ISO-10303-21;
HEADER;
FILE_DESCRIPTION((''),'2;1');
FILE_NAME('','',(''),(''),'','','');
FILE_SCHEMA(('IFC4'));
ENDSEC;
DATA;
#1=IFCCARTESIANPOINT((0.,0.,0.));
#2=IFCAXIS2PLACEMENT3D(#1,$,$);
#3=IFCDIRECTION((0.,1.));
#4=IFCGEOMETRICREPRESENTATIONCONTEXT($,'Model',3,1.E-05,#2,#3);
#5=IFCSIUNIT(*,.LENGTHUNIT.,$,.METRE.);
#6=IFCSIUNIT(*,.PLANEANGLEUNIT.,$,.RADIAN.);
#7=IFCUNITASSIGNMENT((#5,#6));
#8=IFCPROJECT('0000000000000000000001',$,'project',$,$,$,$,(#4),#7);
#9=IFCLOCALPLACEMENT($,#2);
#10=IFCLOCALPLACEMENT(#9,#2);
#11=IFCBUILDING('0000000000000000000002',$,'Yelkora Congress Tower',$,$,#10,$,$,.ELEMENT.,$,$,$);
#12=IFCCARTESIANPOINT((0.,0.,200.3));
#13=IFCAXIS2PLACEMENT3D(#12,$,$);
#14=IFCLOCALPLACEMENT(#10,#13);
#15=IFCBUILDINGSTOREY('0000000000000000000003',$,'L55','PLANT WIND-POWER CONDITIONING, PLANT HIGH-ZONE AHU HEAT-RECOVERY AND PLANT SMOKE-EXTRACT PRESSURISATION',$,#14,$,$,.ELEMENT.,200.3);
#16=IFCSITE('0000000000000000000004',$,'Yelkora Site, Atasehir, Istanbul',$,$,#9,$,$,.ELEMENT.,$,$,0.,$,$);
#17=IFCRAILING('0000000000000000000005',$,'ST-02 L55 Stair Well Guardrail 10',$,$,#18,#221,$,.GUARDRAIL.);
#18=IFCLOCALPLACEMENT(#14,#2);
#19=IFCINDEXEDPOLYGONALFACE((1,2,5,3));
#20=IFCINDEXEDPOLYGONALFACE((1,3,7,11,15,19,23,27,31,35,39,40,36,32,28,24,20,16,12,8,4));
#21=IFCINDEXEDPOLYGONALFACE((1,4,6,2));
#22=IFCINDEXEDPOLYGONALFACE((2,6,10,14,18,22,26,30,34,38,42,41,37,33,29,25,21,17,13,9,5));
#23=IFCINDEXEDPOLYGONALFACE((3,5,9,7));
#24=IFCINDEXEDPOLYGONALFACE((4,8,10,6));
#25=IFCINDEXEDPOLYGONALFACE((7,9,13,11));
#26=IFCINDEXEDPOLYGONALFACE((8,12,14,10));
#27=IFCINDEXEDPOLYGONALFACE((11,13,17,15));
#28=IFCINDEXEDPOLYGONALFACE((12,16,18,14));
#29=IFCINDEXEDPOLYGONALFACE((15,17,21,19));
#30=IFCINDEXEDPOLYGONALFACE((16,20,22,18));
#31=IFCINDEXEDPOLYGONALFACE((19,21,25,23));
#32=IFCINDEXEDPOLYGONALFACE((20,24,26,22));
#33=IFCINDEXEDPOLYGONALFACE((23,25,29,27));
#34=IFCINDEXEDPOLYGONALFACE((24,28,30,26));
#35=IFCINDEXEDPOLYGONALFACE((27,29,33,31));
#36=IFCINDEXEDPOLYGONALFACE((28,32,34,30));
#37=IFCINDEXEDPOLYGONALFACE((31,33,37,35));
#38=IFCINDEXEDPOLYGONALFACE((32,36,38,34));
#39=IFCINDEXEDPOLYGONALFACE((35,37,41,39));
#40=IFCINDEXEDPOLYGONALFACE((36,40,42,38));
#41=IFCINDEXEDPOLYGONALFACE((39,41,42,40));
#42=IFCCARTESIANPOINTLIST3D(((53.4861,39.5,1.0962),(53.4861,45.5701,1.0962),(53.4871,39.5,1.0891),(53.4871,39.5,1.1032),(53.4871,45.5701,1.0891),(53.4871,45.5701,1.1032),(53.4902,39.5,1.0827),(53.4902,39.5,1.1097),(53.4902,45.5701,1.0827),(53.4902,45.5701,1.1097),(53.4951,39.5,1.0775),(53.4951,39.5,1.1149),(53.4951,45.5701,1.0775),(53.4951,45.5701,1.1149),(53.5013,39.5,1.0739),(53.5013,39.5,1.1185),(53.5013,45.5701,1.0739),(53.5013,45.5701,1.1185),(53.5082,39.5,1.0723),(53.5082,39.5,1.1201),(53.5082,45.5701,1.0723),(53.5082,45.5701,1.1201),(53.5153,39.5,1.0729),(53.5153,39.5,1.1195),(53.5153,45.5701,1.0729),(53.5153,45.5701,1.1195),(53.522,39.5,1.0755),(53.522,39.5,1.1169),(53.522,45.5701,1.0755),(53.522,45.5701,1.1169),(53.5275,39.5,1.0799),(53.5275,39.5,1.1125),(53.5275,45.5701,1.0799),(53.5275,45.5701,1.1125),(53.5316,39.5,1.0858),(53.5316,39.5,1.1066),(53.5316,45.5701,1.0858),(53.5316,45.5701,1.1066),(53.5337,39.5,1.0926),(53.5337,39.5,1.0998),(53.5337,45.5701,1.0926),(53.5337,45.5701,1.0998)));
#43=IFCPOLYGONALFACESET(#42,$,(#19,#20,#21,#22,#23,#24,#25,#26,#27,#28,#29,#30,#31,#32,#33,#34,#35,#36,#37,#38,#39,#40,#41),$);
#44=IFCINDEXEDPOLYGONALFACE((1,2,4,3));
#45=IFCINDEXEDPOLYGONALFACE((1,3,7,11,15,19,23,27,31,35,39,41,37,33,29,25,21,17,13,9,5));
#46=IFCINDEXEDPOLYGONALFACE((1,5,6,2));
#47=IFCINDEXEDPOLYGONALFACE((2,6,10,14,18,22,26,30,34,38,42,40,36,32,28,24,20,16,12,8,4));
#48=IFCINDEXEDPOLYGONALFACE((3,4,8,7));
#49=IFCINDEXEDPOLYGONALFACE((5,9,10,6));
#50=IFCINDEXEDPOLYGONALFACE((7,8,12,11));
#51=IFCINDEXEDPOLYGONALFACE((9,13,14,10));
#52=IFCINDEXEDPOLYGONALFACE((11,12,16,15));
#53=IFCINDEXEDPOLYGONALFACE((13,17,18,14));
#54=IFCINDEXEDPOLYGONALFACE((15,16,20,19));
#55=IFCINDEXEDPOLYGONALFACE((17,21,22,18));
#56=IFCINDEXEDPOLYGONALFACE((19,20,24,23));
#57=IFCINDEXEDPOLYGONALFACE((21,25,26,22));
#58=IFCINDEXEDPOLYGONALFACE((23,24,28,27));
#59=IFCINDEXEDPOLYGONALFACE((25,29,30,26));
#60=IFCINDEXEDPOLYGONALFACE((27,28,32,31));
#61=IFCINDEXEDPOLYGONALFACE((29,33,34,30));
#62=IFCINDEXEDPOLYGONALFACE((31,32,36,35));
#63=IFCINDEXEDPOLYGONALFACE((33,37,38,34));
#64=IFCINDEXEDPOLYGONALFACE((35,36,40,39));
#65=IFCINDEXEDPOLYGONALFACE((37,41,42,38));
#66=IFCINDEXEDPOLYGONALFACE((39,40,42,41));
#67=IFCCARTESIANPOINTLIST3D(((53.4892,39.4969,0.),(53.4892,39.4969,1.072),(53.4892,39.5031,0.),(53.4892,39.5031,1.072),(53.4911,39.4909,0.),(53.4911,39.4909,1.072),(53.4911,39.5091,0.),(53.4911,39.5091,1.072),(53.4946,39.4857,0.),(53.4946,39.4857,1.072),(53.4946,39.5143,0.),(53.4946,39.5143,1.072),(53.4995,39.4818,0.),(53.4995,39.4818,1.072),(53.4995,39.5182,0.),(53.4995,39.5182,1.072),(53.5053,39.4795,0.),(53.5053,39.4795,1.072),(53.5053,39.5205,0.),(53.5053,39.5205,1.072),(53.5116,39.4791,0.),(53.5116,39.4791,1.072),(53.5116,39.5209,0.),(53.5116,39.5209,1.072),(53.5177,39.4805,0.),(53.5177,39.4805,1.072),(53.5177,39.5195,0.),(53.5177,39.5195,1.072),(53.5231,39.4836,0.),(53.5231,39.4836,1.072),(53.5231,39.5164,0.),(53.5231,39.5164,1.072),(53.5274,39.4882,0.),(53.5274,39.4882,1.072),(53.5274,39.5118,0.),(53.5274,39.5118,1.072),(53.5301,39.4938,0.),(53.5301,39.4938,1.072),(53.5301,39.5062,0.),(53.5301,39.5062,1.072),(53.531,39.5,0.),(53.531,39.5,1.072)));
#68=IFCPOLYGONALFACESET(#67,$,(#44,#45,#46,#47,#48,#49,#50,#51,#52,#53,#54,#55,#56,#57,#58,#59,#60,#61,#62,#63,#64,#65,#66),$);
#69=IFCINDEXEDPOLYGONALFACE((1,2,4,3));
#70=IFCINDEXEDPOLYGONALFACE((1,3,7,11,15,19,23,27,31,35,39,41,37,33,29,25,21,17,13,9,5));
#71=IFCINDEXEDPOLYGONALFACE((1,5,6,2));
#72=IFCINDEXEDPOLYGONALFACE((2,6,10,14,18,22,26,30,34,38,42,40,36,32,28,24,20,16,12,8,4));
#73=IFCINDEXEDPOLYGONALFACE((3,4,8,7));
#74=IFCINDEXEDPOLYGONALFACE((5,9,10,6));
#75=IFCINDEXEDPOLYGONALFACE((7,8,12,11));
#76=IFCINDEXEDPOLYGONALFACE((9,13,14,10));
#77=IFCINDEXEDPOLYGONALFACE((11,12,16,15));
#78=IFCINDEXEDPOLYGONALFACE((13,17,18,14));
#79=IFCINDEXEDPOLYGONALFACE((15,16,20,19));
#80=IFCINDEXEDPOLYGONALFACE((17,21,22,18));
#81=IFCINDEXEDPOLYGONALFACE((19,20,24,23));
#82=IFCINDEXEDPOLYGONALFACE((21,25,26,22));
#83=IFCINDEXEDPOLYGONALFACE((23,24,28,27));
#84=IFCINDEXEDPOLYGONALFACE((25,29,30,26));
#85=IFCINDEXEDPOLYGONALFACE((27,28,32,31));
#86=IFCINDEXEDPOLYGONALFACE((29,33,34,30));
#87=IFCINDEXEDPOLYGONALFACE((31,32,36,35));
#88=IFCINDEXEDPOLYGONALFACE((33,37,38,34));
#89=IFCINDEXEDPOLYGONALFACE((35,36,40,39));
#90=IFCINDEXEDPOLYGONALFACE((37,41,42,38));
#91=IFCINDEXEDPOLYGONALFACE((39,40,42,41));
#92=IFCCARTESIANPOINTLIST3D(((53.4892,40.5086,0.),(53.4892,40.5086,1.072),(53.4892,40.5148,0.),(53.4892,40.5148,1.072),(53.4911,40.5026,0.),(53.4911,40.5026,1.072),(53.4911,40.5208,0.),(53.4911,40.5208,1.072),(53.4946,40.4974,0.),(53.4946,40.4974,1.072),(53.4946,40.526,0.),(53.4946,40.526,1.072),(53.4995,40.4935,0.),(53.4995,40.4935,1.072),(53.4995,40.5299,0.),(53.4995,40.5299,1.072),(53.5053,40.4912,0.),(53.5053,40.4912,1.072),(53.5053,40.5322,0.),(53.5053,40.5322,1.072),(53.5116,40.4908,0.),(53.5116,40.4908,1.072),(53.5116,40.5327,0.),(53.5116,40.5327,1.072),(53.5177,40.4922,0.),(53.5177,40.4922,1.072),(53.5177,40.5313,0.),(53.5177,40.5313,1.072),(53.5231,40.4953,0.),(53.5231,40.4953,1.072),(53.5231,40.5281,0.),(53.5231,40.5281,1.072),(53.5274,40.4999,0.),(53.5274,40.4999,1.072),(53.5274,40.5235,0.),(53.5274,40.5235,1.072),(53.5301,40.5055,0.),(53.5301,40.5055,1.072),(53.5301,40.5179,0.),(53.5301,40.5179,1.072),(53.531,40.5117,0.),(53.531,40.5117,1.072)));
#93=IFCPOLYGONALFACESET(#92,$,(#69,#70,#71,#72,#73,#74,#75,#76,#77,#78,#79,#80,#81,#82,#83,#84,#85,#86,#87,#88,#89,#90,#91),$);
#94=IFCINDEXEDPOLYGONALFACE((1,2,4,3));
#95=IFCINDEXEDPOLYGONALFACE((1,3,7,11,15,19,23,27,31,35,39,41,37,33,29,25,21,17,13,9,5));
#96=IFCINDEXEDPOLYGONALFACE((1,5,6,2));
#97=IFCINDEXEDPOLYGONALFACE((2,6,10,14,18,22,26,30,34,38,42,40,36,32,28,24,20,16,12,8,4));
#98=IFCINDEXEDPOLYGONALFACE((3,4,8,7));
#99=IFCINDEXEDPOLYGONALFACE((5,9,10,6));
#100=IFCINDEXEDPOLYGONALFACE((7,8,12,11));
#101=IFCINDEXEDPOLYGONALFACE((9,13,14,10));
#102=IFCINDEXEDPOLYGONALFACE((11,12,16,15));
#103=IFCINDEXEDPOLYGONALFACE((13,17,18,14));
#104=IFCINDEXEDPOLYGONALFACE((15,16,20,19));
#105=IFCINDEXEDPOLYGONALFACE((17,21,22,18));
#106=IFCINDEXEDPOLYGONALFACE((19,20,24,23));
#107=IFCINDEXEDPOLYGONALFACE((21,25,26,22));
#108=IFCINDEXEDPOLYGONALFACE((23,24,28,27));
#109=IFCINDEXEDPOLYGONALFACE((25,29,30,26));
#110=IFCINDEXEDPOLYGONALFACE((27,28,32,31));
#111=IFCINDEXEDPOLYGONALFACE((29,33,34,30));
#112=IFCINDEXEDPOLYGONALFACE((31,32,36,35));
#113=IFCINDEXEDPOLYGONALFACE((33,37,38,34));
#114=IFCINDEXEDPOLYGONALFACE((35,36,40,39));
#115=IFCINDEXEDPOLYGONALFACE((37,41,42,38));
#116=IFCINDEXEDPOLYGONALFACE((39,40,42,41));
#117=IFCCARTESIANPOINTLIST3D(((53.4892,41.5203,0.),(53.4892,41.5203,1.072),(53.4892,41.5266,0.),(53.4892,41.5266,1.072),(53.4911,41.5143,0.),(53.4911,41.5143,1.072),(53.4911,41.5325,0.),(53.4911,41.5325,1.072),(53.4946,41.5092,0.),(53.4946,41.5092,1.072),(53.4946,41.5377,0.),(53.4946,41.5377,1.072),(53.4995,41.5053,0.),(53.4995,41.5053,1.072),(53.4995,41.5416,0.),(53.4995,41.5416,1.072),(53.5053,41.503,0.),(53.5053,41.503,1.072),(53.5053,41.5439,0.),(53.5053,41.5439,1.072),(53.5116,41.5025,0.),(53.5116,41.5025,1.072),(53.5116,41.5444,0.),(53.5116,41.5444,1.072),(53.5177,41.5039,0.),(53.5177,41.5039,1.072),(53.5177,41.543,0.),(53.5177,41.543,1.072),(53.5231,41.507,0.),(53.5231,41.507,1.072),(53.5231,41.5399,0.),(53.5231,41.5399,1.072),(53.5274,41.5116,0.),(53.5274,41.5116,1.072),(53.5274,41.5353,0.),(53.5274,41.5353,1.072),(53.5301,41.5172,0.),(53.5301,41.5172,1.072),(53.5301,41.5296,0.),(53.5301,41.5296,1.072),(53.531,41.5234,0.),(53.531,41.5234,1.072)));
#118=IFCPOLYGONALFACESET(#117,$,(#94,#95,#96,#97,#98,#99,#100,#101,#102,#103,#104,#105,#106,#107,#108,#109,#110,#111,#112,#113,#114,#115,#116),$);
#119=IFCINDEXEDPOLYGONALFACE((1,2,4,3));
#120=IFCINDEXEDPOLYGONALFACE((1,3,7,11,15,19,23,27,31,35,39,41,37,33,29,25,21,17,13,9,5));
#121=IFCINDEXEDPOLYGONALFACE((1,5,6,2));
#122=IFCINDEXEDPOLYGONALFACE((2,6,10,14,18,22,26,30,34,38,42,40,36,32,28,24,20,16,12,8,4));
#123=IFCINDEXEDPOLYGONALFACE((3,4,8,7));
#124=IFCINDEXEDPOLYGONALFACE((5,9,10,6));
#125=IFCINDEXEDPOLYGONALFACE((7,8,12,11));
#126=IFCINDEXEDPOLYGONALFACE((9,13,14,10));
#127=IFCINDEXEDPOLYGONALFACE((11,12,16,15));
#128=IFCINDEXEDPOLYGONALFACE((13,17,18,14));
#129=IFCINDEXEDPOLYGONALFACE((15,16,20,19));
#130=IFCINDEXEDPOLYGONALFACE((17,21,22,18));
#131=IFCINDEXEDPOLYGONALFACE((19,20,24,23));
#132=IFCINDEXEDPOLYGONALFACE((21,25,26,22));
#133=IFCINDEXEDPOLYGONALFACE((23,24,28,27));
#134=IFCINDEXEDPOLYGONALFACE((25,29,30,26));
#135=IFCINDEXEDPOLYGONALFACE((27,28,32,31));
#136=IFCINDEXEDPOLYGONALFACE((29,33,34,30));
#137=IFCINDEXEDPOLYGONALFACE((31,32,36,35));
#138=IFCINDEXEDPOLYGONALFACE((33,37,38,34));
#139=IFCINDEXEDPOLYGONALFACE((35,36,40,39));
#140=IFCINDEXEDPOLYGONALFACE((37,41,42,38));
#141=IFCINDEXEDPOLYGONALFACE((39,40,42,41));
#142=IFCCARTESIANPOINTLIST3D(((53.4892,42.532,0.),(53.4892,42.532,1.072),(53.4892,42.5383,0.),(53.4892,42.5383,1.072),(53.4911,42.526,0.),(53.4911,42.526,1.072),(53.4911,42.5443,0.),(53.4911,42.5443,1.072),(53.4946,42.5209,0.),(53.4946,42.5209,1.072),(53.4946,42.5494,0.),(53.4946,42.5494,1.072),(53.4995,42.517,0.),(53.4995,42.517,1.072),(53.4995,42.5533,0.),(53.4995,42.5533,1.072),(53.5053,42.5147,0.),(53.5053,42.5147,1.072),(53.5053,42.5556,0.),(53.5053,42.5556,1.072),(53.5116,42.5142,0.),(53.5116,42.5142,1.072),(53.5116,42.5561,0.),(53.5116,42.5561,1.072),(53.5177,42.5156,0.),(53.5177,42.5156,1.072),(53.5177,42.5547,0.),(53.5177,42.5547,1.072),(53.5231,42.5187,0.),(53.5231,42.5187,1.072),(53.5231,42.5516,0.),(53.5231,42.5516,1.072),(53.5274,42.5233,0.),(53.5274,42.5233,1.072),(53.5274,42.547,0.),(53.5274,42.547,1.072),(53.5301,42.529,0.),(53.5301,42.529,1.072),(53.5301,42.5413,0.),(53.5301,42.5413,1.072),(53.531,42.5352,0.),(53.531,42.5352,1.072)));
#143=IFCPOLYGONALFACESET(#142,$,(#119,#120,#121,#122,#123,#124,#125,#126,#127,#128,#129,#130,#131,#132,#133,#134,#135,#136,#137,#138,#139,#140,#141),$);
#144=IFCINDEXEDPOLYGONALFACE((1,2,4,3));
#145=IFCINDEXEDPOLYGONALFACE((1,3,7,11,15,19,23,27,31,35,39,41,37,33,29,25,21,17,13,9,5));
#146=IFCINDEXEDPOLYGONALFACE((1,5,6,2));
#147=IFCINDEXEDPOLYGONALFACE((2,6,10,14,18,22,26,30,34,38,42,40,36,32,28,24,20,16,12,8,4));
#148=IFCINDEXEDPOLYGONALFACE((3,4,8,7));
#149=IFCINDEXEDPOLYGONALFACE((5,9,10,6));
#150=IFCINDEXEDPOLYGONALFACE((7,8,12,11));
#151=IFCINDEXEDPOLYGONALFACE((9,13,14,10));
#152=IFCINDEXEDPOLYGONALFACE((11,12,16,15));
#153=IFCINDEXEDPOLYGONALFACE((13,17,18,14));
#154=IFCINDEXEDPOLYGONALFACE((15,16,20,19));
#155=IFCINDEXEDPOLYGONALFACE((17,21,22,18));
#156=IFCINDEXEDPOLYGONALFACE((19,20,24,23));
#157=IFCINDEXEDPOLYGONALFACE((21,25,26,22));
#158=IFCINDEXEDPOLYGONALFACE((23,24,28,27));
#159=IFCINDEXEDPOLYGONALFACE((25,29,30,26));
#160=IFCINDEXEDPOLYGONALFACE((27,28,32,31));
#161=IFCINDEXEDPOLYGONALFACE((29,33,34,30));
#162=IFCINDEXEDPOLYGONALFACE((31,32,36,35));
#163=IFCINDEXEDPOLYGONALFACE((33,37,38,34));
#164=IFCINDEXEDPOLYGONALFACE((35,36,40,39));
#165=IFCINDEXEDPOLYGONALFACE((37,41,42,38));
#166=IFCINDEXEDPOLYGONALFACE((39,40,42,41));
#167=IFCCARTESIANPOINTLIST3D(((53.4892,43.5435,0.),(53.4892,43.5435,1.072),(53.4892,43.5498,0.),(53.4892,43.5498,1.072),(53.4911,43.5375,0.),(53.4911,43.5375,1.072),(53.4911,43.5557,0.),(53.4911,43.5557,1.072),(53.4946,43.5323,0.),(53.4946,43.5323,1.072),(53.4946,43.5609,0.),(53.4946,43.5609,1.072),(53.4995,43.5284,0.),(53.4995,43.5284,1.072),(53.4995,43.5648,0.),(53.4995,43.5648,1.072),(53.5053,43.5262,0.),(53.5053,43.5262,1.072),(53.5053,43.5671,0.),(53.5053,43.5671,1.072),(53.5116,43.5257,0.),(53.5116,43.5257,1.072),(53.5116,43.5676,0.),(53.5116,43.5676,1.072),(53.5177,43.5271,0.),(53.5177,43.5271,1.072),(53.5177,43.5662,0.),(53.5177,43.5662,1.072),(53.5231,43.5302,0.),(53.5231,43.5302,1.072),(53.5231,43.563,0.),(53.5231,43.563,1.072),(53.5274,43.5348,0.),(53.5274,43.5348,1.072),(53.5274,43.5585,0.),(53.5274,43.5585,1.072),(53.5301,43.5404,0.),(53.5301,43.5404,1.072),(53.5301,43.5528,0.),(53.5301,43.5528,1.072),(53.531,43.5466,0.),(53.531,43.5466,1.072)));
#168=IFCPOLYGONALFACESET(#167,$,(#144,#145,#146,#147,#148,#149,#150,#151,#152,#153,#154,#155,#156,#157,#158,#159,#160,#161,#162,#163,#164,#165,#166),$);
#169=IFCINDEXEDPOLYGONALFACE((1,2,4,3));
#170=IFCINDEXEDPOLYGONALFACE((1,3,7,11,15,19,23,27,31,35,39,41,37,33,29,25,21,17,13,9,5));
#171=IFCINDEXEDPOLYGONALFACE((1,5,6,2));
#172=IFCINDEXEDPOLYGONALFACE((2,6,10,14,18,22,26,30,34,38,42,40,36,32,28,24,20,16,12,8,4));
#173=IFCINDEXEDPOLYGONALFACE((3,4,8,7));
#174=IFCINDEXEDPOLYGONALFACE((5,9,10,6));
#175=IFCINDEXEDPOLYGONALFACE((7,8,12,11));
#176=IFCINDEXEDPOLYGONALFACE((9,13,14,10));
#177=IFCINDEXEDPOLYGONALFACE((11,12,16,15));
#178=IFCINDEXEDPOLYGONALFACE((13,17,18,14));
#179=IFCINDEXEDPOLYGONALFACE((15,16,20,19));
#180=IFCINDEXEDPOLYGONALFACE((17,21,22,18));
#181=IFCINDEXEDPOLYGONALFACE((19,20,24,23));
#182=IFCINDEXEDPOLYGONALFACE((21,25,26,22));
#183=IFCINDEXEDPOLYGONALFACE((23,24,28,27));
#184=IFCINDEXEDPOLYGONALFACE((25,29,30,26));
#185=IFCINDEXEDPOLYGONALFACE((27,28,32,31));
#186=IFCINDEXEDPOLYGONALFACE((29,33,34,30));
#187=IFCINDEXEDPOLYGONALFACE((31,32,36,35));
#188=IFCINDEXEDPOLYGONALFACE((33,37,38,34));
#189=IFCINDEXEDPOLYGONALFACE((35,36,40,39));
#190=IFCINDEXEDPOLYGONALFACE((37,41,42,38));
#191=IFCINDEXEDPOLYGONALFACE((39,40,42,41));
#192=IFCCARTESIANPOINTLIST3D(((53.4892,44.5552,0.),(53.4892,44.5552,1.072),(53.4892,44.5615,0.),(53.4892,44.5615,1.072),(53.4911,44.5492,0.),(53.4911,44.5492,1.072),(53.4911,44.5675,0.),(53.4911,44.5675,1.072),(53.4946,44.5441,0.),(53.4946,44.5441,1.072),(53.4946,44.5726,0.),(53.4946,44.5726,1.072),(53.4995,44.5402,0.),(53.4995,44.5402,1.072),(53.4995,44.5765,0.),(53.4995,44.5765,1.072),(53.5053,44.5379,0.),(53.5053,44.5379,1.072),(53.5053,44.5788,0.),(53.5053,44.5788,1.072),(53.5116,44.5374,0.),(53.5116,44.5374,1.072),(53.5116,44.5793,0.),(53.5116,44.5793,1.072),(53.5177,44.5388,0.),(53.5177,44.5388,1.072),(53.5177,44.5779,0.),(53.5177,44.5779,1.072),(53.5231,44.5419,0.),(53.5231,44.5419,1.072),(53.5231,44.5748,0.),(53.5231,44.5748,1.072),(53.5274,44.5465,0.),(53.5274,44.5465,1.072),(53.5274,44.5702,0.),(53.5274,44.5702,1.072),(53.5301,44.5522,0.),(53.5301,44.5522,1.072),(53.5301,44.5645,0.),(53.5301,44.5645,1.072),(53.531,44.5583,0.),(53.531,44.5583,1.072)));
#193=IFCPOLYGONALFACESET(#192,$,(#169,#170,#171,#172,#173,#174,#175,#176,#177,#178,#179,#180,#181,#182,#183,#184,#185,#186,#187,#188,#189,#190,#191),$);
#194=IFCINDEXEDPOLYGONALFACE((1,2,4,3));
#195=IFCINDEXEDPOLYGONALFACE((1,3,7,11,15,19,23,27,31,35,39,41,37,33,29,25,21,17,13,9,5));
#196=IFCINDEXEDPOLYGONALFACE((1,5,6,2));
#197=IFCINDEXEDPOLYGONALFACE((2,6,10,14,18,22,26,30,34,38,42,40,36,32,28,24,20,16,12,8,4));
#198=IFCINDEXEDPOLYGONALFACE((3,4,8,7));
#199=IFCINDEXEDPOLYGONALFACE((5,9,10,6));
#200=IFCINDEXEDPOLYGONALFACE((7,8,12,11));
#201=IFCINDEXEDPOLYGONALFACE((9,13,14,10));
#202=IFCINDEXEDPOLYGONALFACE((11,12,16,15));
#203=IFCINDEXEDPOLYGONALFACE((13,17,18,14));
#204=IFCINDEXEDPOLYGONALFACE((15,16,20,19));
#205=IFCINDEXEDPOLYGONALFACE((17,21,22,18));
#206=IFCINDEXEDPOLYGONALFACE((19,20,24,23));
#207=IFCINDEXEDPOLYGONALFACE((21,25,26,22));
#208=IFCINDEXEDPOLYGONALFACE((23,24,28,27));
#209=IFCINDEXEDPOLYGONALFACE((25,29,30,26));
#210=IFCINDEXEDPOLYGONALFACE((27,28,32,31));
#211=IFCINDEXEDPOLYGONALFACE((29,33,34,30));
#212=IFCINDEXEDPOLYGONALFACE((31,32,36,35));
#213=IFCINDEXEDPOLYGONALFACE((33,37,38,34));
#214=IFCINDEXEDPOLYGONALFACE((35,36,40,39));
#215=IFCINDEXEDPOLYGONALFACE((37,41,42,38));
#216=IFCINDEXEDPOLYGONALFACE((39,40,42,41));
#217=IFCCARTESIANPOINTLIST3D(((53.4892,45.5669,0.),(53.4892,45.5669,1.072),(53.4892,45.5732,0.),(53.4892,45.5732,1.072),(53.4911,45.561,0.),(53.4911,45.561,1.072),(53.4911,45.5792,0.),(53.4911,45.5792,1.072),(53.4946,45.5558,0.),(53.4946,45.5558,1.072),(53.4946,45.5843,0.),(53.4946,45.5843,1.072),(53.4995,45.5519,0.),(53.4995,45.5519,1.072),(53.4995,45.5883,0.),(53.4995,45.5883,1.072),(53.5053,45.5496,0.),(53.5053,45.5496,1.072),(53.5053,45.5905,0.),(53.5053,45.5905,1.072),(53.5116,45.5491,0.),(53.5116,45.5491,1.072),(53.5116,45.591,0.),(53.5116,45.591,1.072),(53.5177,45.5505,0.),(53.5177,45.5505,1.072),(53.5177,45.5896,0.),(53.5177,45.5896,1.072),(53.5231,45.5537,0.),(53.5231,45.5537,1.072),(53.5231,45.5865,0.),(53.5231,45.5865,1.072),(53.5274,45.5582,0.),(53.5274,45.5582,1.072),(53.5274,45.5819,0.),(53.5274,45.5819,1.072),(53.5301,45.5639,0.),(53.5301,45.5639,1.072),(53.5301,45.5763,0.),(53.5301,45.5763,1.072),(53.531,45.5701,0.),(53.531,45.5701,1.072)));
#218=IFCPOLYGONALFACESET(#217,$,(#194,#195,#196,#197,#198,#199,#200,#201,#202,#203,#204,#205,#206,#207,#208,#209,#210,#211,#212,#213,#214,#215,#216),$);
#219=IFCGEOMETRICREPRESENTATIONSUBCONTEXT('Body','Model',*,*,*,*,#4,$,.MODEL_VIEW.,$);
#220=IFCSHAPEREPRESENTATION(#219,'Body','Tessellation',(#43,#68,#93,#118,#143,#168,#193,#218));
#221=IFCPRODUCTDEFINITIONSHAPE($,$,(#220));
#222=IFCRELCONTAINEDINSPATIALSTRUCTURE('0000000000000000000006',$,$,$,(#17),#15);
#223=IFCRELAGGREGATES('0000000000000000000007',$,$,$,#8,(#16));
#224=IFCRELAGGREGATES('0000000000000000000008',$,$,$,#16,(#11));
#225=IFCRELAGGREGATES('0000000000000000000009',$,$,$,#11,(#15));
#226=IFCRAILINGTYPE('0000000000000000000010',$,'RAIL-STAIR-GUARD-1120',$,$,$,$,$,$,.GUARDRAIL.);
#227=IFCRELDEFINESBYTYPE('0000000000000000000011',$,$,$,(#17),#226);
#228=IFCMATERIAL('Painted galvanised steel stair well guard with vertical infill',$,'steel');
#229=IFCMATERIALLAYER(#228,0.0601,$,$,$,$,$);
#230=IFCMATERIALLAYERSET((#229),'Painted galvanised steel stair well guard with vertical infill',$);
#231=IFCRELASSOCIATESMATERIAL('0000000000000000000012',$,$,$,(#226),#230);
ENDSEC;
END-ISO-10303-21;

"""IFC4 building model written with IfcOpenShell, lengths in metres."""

from ifc_helpers import new_model, si_unit, direction, frame, origin, origin_2d, place, context, subcontext, project, spatial, circle, extrude, material, layer, layer_set, type_object, element, save


model = new_model("IFC4")

# Units and contexts
model_context = context("Model", 3, precision=1e-05, world=origin(), true_north=direction((0.0, 1.0)))
body_context = subcontext(model_context, "Body", "Model", "MODEL_VIEW")
ifc_project = project(units=[si_unit("LENGTHUNIT", "METRE"), si_unit("PLANEANGLEUNIT", "RADIAN")], contexts=[model_context])

# Site, building, storey
site_placement = place(None, origin())
site = spatial("IfcSite", under=ifc_project, at=site_placement, Name="Yelkora Site, Atasehir, Istanbul", CompositionType="ELEMENT", RefElevation=0.0)
building_placement = place(site_placement, origin())
building = spatial("IfcBuilding", under=site, at=building_placement, Name="Yelkora Congress Tower", CompositionType="ELEMENT")
storey_placement = place(building_placement, frame((0.0, 0.0, 200.3)))
storey = spatial("IfcBuildingStorey", under=building, at=storey_placement, Name="L55", Description="PLANT WIND-POWER CONDITIONING, PLANT HIGH-ZONE AHU HEAT-RECOVERY AND PLANT SMOKE-EXTRACT PRESSURISATION", CompositionType="ELEMENT", Elevation=200.3)

# Railing
ifc_material_1 = material(Name="Painted galvanised steel stair well guard with vertical infill", Category="steel")
ifc_layer_1 = layer(ifc_material_1, 0.0601)
ifc_layer_set_1 = layer_set([ifc_layer_1], Name="Painted galvanised steel stair well guard with vertical infill")
railing_type_1 = type_object("IfcRailingType", Name="RAIL-STAIR-GUARD-1120", PredefinedType="GUARDRAIL", material=ifc_layer_set_1)
railing_1_placement = place(storey_placement, frame((53.51, 39.5, 0.0)))
element("IfcRailing", 1, at=railing_1_placement, inside=storey, type_object=railing_type_1, Name="ST-02 L55 Stair Well Guardrail 10", PredefinedType="GUARDRAIL", context=body_context, shape_type="SweptSolid", body=[
    extrude(circle(Radius=0.0239, at=origin_2d()), frame((0.0, 0.0, 1.0962), z_axis=(0.0, 1.0, 0.0), x_axis=(-1.0, 0.0, 0.0)), (0.0, 0.0, 1.0), 6.0701),
    extrude(circle(Radius=0.021, at=origin_2d()), origin(), (0.0, 0.0, 1.0), 1.072),
    extrude(circle(Radius=0.021, at=origin_2d()), frame((0.0, 1.0117, 0.0)), (0.0, 0.0, 1.0), 1.072),
    extrude(circle(Radius=0.021, at=origin_2d()), frame((0.0, 2.0234, 0.0)), (0.0, 0.0, 1.0), 1.072),
    extrude(circle(Radius=0.021, at=origin_2d()), frame((0.0, 3.0352, 0.0)), (0.0, 0.0, 1.0), 1.072),
    extrude(circle(Radius=0.021, at=origin_2d()), frame((0.0, 4.0466, 0.0)), (0.0, 0.0, 1.0), 1.072),
    extrude(circle(Radius=0.021, at=origin_2d()), frame((0.0, 5.0583, 0.0)), (0.0, 0.0, 1.0), 1.072),
    extrude(circle(Radius=0.021, at=origin_2d()), frame((0.0, 6.0701, 0.0)), (0.0, 0.0, 1.0), 1.072),
])

save(model, "model.ifc")
